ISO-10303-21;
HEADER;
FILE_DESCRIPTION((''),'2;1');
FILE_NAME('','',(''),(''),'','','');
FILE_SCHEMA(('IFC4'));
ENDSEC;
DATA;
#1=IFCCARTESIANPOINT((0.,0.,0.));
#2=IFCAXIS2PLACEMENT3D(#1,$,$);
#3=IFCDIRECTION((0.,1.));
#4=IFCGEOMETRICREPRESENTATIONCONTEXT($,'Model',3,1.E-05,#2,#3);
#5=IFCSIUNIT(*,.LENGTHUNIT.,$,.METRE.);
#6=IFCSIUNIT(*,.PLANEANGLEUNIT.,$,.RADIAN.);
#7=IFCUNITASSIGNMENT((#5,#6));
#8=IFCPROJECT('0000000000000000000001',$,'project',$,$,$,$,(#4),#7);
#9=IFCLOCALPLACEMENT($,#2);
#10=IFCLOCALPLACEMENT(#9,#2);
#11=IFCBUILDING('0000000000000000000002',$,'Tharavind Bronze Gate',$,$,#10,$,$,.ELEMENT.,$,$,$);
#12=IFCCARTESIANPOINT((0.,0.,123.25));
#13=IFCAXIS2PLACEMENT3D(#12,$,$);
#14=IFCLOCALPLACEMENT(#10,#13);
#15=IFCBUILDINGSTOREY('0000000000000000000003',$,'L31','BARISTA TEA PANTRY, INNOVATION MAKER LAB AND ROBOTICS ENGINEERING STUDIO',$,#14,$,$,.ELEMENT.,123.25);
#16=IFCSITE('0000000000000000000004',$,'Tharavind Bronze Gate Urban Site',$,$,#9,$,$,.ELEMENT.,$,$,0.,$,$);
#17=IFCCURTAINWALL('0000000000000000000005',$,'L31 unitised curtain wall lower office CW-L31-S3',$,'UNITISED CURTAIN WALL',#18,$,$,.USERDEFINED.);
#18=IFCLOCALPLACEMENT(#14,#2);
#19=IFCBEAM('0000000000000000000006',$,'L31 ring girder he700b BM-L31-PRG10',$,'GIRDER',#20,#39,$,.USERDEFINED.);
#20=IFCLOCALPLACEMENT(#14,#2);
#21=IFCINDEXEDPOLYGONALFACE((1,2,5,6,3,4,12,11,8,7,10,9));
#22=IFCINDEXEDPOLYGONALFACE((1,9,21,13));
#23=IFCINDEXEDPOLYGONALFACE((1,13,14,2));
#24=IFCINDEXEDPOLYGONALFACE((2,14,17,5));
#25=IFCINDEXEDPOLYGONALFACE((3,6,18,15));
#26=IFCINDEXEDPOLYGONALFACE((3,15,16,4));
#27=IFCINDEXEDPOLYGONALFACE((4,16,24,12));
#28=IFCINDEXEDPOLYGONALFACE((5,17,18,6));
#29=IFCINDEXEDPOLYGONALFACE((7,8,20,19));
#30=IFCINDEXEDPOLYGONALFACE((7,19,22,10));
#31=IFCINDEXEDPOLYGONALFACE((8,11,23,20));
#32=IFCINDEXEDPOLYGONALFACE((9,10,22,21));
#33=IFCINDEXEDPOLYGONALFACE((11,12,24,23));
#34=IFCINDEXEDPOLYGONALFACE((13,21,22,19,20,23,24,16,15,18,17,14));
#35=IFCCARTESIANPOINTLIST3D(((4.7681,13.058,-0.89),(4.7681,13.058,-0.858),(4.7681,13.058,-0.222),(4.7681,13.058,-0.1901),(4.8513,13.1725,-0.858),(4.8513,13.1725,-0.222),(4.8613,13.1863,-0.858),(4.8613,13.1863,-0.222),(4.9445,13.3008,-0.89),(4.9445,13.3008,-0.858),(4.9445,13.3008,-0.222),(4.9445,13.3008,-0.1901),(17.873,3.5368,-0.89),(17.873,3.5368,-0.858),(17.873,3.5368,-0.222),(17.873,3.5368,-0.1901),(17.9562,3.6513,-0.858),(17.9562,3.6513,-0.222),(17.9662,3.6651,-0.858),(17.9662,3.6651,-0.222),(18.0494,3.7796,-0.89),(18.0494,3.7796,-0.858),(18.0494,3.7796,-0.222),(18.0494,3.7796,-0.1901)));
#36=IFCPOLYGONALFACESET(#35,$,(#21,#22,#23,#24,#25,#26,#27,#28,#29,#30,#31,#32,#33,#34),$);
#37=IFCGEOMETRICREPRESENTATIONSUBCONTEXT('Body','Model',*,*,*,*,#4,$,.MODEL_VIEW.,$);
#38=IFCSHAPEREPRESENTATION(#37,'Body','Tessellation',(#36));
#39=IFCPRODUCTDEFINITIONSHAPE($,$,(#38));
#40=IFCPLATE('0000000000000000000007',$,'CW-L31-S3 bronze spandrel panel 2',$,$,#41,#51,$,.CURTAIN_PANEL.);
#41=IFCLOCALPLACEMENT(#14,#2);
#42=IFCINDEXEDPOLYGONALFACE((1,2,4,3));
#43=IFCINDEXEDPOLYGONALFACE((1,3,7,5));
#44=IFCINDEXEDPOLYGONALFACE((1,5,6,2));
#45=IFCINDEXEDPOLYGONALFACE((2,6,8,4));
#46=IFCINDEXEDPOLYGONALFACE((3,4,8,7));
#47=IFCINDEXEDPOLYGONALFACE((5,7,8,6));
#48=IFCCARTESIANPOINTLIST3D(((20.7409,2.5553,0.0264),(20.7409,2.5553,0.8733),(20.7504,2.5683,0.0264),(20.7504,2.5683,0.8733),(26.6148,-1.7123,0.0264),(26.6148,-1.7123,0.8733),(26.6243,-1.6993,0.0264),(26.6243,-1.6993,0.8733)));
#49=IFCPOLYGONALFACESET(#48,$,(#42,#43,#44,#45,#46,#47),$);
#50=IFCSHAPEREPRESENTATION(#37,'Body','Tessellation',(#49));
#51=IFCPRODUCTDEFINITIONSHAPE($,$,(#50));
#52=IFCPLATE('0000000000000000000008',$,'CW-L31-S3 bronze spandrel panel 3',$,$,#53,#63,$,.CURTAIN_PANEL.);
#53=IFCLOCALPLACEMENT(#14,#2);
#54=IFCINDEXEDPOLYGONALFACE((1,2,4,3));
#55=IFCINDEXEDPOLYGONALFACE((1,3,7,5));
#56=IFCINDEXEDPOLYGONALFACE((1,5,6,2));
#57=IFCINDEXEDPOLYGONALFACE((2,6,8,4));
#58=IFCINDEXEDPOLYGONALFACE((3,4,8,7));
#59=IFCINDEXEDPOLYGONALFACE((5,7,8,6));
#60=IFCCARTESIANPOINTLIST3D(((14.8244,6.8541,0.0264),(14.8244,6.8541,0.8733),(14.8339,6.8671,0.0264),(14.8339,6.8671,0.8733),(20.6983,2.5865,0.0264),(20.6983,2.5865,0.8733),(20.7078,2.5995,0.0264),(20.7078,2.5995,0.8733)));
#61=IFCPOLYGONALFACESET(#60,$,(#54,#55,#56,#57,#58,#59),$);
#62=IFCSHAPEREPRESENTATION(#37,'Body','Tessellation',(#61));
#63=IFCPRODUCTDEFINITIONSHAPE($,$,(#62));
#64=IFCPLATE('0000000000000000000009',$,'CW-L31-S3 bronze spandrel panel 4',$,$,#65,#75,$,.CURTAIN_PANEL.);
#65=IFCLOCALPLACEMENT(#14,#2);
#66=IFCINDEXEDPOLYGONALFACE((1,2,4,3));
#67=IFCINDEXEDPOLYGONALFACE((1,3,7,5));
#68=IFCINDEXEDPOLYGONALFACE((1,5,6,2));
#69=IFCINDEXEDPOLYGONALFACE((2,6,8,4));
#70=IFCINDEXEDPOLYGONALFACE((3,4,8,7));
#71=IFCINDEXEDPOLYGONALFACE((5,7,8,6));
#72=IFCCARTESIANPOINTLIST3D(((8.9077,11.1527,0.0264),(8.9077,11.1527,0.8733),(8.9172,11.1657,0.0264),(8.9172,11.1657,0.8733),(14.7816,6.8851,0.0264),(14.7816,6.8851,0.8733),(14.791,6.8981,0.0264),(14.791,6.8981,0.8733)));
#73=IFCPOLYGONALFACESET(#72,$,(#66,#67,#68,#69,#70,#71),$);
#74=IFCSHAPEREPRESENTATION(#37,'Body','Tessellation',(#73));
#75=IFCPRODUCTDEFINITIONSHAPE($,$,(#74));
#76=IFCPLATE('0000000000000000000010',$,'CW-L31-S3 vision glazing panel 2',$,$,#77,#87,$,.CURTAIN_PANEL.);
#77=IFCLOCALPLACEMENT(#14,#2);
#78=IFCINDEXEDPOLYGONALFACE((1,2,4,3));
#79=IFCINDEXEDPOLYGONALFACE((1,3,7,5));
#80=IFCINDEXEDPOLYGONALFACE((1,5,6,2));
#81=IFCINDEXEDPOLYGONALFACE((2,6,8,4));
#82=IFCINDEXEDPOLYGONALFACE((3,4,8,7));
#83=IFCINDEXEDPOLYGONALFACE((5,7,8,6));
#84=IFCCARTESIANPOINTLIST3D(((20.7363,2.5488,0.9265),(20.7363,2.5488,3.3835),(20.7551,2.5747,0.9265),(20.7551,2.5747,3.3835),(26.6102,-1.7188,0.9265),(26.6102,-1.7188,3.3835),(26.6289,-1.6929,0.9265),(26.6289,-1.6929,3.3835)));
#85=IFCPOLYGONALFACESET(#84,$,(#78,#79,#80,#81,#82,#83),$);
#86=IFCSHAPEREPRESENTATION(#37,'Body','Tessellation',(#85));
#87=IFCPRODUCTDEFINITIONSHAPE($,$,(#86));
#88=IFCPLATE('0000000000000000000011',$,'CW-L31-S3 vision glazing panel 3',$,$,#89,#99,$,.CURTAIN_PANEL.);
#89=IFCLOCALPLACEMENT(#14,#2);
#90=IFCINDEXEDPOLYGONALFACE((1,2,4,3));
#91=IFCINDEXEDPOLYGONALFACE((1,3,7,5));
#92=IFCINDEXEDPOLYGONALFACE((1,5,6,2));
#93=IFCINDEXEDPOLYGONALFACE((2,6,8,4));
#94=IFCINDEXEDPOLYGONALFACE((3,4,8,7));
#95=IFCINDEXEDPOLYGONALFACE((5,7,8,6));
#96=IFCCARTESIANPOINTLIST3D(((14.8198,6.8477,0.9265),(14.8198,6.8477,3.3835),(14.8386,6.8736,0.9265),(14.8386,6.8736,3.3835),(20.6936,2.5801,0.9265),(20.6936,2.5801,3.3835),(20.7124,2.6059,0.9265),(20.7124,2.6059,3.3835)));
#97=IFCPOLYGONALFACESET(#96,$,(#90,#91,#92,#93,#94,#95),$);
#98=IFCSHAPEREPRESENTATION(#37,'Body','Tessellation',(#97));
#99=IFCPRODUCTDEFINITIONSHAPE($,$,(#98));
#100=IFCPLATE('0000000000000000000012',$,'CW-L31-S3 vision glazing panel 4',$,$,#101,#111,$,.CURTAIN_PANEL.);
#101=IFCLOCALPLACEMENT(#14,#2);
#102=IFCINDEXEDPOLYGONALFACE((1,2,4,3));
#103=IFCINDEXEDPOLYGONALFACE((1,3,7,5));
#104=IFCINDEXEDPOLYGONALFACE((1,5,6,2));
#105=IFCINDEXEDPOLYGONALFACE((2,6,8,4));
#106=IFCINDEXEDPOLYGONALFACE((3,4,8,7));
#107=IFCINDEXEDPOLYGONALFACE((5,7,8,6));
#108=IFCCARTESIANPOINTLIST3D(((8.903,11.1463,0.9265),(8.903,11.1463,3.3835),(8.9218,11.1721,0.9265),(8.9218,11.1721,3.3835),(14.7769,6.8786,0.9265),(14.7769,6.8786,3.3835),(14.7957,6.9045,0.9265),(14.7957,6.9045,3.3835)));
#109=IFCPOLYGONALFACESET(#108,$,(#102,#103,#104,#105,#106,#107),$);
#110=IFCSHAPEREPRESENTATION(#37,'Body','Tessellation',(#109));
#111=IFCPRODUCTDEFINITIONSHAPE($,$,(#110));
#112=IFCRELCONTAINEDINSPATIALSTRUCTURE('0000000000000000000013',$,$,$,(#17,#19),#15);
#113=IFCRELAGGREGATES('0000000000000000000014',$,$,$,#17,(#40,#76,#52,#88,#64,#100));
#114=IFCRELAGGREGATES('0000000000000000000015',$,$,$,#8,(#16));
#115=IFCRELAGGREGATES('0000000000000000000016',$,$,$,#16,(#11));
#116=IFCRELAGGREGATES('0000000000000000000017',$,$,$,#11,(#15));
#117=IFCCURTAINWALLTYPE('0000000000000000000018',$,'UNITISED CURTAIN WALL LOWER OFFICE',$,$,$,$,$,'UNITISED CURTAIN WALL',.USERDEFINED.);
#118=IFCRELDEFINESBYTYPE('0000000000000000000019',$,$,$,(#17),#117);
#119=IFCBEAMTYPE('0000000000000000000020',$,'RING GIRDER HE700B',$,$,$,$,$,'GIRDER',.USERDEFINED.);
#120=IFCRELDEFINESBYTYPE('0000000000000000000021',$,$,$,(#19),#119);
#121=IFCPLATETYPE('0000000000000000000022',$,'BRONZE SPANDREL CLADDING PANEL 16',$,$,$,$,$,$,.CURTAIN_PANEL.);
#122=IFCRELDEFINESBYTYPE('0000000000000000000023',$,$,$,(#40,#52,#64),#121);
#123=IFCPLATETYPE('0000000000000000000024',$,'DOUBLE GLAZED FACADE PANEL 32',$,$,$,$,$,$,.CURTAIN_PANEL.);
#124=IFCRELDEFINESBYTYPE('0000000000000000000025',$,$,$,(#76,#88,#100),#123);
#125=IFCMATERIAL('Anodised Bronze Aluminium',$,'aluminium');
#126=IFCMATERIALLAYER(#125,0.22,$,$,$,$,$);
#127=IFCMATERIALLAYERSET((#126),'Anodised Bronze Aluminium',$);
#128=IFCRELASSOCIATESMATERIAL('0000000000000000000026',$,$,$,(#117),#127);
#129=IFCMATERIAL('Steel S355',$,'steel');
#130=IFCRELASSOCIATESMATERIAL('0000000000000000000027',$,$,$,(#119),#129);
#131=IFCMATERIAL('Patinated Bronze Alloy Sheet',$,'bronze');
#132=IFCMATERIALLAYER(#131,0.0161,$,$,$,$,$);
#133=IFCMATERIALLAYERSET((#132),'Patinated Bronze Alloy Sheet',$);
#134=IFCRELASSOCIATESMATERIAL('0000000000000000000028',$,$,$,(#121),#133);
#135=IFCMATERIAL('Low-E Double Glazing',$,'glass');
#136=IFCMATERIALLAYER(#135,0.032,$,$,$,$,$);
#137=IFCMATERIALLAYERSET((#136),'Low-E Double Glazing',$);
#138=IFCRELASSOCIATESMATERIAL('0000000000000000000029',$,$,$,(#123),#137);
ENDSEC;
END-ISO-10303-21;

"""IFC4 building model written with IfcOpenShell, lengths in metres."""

from ifc_helpers import new_model, si_unit, direction, frame, origin, origin_2d, place, context, subcontext, project, spatial, rectangle, i_section, extrude, material, layer, layer_set, material_profile, profile_set, type_object, element, aggregate, save


model = new_model("IFC4")

# Units and contexts
model_context = context("Model", 3, precision=1e-05, world=origin(), true_north=direction((0.0, 1.0)))
body_context = subcontext(model_context, "Body", "Model", "MODEL_VIEW")
ifc_project = project(units=[si_unit("LENGTHUNIT", "METRE"), si_unit("PLANEANGLEUNIT", "RADIAN")], contexts=[model_context])

# Site, building, storey
site_placement = place(None, origin())
site = spatial("IfcSite", under=ifc_project, at=site_placement, Name="Tharavind Bronze Gate Urban Site", CompositionType="ELEMENT", RefElevation=0.0)
building_placement = place(site_placement, origin())
building = spatial("IfcBuilding", under=site, at=building_placement, Name="Tharavind Bronze Gate", CompositionType="ELEMENT")
storey_placement = place(building_placement, frame((0.0, 0.0, 123.25)))
storey = spatial("IfcBuildingStorey", under=building, at=storey_placement, Name="L31", Description="BARISTA TEA PANTRY, INNOVATION MAKER LAB AND ROBOTICS ENGINEERING STUDIO", CompositionType="ELEMENT", Elevation=123.25)

# Curtain wall
ifc_material_1 = material(Name="Anodised Bronze Aluminium", Category="aluminium")
ifc_layer_1 = layer(ifc_material_1, 0.22)
ifc_layer_set_1 = layer_set([ifc_layer_1], Name="Anodised Bronze Aluminium")
curtain_wall_type = type_object("IfcCurtainWallType", Name="UNITISED CURTAIN WALL LOWER OFFICE", ElementType="UNITISED CURTAIN WALL", PredefinedType="USERDEFINED", material=ifc_layer_set_1)
curtain_wall_placement = place(storey_placement, origin())
curtain_wall = element("IfcCurtainWall", 1, at=curtain_wall_placement, inside=storey, type_object=curtain_wall_type, Name="L31 unitised curtain wall lower office CW-L31-S3", ObjectType="UNITISED CURTAIN WALL", PredefinedType="USERDEFINED")

# Beam
ifc_material_2 = material(Name="Steel S355", Category="steel")
ifc_material_profile_1 = material_profile(ifc_material_2, i_section(OverallWidth=0.3, OverallDepth=0.7, WebThickness=0.0171, FlangeThickness=0.032, at=origin_2d()), Name="HE700B")
ifc_profile_set_1 = profile_set([ifc_material_profile_1], Name="Steel S355")
beam_type_1 = type_object("IfcBeamType", Name="RING GIRDER HE700B", ElementType="GIRDER", PredefinedType="USERDEFINED", material=ifc_profile_set_1)
beam_1_placement = place(storey_placement, frame((17.9612, 3.6582, -0.54), z_axis=(-0.80902, 0.587782, 0.0), x_axis=(-0.587782, -0.80902, 0.0)))
element("IfcBeam", 2, at=beam_1_placement, inside=storey, type_object=beam_type_1, Name="L31 ring girder he700b BM-L31-PRG10", ObjectType="GIRDER", PredefinedType="USERDEFINED", context=body_context, shape_type="SweptSolid", body=[
    extrude(i_section(OverallWidth=0.3, OverallDepth=0.7, WebThickness=0.0171, FlangeThickness=0.032, at=origin_2d()), origin(), (0.0, 0.0, 1.0), 16.1985),
])

# Plates
ifc_material_3 = material(Name="Patinated Bronze Alloy Sheet", Category="bronze")
ifc_layer_2 = layer(ifc_material_3, 0.0161)
ifc_layer_set_2 = layer_set([ifc_layer_2], Name="Patinated Bronze Alloy Sheet")
plate_type_1 = type_object("IfcPlateType", Name="BRONZE SPANDREL CLADDING PANEL 16", PredefinedType="CURTAIN_PANEL", material=ifc_layer_set_2)
plate_1_placement = place(storey_placement, frame((23.6826, 0.428, 0.0264), z_axis=(0.0, 0.0, 1.0), x_axis=(-0.809017, 0.587785, 0.0)))
plate_1 = element("IfcPlate", 3, at=plate_1_placement, type_object=plate_type_1, Name="CW-L31-S3 bronze spandrel panel 2", PredefinedType="CURTAIN_PANEL", context=body_context, shape_type="SweptSolid", body=[
    extrude(rectangle(XDim=7.2605, YDim=0.0161, at=origin_2d()), origin(), (0.0, 0.0, 1.0), 0.8469),
])
plate_2_placement = place(storey_placement, frame((17.7661, 4.7268, 0.0264), z_axis=(0.0, 0.0, 1.0), x_axis=(-0.809017, 0.587785, 0.0)))
plate_2 = element("IfcPlate", 4, at=plate_2_placement, type_object=plate_type_1, Name="CW-L31-S3 bronze spandrel panel 3", PredefinedType="CURTAIN_PANEL", context=body_context, shape_type="SweptSolid", body=[
    extrude(rectangle(XDim=7.2605, YDim=0.0161, at=origin_2d()), origin(), (0.0, 0.0, 1.0), 0.8469),
])
plate_3_placement = place(storey_placement, frame((11.8494, 9.0254, 0.0264), z_axis=(0.0, 0.0, 1.0), x_axis=(-0.809017, 0.587785, 0.0)))
plate_3 = element("IfcPlate", 5, at=plate_3_placement, type_object=plate_type_1, Name="CW-L31-S3 bronze spandrel panel 4", PredefinedType="CURTAIN_PANEL", context=body_context, shape_type="SweptSolid", body=[
    extrude(rectangle(XDim=7.2605, YDim=0.0161, at=origin_2d()), origin(), (0.0, 0.0, 1.0), 0.8469),
])
ifc_material_4 = material(Name="Low-E Double Glazing", Category="glass")
ifc_layer_3 = layer(ifc_material_4, 0.032)
ifc_layer_set_3 = layer_set([ifc_layer_3], Name="Low-E Double Glazing")
plate_type_2 = type_object("IfcPlateType", Name="DOUBLE GLAZED FACADE PANEL 32", PredefinedType="CURTAIN_PANEL", material=ifc_layer_set_3)
plate_4_placement = place(storey_placement, frame((23.6826, 0.428, 0.9265), z_axis=(0.0, 0.0, 1.0), x_axis=(-0.809017, 0.587785, 0.0)))
plate_4 = element("IfcPlate", 6, at=plate_4_placement, type_object=plate_type_2, Name="CW-L31-S3 vision glazing panel 2", PredefinedType="CURTAIN_PANEL", context=body_context, shape_type="SweptSolid", body=[
    extrude(rectangle(XDim=7.2605, YDim=0.032, at=origin_2d()), origin(), (0.0, 0.0, 1.0), 2.457),
])
plate_5_placement = place(storey_placement, frame((17.7661, 4.7268, 0.9265), z_axis=(0.0, 0.0, 1.0), x_axis=(-0.809017, 0.587785, 0.0)))
plate_5 = element("IfcPlate", 7, at=plate_5_placement, type_object=plate_type_2, Name="CW-L31-S3 vision glazing panel 3", PredefinedType="CURTAIN_PANEL", context=body_context, shape_type="SweptSolid", body=[
    extrude(rectangle(XDim=7.2605, YDim=0.032, at=origin_2d()), origin(), (0.0, 0.0, 1.0), 2.457),
])
plate_6_placement = place(storey_placement, frame((11.8494, 9.0254, 0.9265), z_axis=(0.0, 0.0, 1.0), x_axis=(-0.809017, 0.587785, 0.0)))
plate_6 = element("IfcPlate", 8, at=plate_6_placement, type_object=plate_type_2, Name="CW-L31-S3 vision glazing panel 4", PredefinedType="CURTAIN_PANEL", context=body_context, shape_type="SweptSolid", body=[
    extrude(rectangle(XDim=7.2605, YDim=0.032, at=origin_2d()), origin(), (0.0, 0.0, 1.0), 2.457),
])
aggregate(curtain_wall, [plate_1, plate_4, plate_2, plate_5, plate_3, plate_6])

save(model, "model.ifc")
